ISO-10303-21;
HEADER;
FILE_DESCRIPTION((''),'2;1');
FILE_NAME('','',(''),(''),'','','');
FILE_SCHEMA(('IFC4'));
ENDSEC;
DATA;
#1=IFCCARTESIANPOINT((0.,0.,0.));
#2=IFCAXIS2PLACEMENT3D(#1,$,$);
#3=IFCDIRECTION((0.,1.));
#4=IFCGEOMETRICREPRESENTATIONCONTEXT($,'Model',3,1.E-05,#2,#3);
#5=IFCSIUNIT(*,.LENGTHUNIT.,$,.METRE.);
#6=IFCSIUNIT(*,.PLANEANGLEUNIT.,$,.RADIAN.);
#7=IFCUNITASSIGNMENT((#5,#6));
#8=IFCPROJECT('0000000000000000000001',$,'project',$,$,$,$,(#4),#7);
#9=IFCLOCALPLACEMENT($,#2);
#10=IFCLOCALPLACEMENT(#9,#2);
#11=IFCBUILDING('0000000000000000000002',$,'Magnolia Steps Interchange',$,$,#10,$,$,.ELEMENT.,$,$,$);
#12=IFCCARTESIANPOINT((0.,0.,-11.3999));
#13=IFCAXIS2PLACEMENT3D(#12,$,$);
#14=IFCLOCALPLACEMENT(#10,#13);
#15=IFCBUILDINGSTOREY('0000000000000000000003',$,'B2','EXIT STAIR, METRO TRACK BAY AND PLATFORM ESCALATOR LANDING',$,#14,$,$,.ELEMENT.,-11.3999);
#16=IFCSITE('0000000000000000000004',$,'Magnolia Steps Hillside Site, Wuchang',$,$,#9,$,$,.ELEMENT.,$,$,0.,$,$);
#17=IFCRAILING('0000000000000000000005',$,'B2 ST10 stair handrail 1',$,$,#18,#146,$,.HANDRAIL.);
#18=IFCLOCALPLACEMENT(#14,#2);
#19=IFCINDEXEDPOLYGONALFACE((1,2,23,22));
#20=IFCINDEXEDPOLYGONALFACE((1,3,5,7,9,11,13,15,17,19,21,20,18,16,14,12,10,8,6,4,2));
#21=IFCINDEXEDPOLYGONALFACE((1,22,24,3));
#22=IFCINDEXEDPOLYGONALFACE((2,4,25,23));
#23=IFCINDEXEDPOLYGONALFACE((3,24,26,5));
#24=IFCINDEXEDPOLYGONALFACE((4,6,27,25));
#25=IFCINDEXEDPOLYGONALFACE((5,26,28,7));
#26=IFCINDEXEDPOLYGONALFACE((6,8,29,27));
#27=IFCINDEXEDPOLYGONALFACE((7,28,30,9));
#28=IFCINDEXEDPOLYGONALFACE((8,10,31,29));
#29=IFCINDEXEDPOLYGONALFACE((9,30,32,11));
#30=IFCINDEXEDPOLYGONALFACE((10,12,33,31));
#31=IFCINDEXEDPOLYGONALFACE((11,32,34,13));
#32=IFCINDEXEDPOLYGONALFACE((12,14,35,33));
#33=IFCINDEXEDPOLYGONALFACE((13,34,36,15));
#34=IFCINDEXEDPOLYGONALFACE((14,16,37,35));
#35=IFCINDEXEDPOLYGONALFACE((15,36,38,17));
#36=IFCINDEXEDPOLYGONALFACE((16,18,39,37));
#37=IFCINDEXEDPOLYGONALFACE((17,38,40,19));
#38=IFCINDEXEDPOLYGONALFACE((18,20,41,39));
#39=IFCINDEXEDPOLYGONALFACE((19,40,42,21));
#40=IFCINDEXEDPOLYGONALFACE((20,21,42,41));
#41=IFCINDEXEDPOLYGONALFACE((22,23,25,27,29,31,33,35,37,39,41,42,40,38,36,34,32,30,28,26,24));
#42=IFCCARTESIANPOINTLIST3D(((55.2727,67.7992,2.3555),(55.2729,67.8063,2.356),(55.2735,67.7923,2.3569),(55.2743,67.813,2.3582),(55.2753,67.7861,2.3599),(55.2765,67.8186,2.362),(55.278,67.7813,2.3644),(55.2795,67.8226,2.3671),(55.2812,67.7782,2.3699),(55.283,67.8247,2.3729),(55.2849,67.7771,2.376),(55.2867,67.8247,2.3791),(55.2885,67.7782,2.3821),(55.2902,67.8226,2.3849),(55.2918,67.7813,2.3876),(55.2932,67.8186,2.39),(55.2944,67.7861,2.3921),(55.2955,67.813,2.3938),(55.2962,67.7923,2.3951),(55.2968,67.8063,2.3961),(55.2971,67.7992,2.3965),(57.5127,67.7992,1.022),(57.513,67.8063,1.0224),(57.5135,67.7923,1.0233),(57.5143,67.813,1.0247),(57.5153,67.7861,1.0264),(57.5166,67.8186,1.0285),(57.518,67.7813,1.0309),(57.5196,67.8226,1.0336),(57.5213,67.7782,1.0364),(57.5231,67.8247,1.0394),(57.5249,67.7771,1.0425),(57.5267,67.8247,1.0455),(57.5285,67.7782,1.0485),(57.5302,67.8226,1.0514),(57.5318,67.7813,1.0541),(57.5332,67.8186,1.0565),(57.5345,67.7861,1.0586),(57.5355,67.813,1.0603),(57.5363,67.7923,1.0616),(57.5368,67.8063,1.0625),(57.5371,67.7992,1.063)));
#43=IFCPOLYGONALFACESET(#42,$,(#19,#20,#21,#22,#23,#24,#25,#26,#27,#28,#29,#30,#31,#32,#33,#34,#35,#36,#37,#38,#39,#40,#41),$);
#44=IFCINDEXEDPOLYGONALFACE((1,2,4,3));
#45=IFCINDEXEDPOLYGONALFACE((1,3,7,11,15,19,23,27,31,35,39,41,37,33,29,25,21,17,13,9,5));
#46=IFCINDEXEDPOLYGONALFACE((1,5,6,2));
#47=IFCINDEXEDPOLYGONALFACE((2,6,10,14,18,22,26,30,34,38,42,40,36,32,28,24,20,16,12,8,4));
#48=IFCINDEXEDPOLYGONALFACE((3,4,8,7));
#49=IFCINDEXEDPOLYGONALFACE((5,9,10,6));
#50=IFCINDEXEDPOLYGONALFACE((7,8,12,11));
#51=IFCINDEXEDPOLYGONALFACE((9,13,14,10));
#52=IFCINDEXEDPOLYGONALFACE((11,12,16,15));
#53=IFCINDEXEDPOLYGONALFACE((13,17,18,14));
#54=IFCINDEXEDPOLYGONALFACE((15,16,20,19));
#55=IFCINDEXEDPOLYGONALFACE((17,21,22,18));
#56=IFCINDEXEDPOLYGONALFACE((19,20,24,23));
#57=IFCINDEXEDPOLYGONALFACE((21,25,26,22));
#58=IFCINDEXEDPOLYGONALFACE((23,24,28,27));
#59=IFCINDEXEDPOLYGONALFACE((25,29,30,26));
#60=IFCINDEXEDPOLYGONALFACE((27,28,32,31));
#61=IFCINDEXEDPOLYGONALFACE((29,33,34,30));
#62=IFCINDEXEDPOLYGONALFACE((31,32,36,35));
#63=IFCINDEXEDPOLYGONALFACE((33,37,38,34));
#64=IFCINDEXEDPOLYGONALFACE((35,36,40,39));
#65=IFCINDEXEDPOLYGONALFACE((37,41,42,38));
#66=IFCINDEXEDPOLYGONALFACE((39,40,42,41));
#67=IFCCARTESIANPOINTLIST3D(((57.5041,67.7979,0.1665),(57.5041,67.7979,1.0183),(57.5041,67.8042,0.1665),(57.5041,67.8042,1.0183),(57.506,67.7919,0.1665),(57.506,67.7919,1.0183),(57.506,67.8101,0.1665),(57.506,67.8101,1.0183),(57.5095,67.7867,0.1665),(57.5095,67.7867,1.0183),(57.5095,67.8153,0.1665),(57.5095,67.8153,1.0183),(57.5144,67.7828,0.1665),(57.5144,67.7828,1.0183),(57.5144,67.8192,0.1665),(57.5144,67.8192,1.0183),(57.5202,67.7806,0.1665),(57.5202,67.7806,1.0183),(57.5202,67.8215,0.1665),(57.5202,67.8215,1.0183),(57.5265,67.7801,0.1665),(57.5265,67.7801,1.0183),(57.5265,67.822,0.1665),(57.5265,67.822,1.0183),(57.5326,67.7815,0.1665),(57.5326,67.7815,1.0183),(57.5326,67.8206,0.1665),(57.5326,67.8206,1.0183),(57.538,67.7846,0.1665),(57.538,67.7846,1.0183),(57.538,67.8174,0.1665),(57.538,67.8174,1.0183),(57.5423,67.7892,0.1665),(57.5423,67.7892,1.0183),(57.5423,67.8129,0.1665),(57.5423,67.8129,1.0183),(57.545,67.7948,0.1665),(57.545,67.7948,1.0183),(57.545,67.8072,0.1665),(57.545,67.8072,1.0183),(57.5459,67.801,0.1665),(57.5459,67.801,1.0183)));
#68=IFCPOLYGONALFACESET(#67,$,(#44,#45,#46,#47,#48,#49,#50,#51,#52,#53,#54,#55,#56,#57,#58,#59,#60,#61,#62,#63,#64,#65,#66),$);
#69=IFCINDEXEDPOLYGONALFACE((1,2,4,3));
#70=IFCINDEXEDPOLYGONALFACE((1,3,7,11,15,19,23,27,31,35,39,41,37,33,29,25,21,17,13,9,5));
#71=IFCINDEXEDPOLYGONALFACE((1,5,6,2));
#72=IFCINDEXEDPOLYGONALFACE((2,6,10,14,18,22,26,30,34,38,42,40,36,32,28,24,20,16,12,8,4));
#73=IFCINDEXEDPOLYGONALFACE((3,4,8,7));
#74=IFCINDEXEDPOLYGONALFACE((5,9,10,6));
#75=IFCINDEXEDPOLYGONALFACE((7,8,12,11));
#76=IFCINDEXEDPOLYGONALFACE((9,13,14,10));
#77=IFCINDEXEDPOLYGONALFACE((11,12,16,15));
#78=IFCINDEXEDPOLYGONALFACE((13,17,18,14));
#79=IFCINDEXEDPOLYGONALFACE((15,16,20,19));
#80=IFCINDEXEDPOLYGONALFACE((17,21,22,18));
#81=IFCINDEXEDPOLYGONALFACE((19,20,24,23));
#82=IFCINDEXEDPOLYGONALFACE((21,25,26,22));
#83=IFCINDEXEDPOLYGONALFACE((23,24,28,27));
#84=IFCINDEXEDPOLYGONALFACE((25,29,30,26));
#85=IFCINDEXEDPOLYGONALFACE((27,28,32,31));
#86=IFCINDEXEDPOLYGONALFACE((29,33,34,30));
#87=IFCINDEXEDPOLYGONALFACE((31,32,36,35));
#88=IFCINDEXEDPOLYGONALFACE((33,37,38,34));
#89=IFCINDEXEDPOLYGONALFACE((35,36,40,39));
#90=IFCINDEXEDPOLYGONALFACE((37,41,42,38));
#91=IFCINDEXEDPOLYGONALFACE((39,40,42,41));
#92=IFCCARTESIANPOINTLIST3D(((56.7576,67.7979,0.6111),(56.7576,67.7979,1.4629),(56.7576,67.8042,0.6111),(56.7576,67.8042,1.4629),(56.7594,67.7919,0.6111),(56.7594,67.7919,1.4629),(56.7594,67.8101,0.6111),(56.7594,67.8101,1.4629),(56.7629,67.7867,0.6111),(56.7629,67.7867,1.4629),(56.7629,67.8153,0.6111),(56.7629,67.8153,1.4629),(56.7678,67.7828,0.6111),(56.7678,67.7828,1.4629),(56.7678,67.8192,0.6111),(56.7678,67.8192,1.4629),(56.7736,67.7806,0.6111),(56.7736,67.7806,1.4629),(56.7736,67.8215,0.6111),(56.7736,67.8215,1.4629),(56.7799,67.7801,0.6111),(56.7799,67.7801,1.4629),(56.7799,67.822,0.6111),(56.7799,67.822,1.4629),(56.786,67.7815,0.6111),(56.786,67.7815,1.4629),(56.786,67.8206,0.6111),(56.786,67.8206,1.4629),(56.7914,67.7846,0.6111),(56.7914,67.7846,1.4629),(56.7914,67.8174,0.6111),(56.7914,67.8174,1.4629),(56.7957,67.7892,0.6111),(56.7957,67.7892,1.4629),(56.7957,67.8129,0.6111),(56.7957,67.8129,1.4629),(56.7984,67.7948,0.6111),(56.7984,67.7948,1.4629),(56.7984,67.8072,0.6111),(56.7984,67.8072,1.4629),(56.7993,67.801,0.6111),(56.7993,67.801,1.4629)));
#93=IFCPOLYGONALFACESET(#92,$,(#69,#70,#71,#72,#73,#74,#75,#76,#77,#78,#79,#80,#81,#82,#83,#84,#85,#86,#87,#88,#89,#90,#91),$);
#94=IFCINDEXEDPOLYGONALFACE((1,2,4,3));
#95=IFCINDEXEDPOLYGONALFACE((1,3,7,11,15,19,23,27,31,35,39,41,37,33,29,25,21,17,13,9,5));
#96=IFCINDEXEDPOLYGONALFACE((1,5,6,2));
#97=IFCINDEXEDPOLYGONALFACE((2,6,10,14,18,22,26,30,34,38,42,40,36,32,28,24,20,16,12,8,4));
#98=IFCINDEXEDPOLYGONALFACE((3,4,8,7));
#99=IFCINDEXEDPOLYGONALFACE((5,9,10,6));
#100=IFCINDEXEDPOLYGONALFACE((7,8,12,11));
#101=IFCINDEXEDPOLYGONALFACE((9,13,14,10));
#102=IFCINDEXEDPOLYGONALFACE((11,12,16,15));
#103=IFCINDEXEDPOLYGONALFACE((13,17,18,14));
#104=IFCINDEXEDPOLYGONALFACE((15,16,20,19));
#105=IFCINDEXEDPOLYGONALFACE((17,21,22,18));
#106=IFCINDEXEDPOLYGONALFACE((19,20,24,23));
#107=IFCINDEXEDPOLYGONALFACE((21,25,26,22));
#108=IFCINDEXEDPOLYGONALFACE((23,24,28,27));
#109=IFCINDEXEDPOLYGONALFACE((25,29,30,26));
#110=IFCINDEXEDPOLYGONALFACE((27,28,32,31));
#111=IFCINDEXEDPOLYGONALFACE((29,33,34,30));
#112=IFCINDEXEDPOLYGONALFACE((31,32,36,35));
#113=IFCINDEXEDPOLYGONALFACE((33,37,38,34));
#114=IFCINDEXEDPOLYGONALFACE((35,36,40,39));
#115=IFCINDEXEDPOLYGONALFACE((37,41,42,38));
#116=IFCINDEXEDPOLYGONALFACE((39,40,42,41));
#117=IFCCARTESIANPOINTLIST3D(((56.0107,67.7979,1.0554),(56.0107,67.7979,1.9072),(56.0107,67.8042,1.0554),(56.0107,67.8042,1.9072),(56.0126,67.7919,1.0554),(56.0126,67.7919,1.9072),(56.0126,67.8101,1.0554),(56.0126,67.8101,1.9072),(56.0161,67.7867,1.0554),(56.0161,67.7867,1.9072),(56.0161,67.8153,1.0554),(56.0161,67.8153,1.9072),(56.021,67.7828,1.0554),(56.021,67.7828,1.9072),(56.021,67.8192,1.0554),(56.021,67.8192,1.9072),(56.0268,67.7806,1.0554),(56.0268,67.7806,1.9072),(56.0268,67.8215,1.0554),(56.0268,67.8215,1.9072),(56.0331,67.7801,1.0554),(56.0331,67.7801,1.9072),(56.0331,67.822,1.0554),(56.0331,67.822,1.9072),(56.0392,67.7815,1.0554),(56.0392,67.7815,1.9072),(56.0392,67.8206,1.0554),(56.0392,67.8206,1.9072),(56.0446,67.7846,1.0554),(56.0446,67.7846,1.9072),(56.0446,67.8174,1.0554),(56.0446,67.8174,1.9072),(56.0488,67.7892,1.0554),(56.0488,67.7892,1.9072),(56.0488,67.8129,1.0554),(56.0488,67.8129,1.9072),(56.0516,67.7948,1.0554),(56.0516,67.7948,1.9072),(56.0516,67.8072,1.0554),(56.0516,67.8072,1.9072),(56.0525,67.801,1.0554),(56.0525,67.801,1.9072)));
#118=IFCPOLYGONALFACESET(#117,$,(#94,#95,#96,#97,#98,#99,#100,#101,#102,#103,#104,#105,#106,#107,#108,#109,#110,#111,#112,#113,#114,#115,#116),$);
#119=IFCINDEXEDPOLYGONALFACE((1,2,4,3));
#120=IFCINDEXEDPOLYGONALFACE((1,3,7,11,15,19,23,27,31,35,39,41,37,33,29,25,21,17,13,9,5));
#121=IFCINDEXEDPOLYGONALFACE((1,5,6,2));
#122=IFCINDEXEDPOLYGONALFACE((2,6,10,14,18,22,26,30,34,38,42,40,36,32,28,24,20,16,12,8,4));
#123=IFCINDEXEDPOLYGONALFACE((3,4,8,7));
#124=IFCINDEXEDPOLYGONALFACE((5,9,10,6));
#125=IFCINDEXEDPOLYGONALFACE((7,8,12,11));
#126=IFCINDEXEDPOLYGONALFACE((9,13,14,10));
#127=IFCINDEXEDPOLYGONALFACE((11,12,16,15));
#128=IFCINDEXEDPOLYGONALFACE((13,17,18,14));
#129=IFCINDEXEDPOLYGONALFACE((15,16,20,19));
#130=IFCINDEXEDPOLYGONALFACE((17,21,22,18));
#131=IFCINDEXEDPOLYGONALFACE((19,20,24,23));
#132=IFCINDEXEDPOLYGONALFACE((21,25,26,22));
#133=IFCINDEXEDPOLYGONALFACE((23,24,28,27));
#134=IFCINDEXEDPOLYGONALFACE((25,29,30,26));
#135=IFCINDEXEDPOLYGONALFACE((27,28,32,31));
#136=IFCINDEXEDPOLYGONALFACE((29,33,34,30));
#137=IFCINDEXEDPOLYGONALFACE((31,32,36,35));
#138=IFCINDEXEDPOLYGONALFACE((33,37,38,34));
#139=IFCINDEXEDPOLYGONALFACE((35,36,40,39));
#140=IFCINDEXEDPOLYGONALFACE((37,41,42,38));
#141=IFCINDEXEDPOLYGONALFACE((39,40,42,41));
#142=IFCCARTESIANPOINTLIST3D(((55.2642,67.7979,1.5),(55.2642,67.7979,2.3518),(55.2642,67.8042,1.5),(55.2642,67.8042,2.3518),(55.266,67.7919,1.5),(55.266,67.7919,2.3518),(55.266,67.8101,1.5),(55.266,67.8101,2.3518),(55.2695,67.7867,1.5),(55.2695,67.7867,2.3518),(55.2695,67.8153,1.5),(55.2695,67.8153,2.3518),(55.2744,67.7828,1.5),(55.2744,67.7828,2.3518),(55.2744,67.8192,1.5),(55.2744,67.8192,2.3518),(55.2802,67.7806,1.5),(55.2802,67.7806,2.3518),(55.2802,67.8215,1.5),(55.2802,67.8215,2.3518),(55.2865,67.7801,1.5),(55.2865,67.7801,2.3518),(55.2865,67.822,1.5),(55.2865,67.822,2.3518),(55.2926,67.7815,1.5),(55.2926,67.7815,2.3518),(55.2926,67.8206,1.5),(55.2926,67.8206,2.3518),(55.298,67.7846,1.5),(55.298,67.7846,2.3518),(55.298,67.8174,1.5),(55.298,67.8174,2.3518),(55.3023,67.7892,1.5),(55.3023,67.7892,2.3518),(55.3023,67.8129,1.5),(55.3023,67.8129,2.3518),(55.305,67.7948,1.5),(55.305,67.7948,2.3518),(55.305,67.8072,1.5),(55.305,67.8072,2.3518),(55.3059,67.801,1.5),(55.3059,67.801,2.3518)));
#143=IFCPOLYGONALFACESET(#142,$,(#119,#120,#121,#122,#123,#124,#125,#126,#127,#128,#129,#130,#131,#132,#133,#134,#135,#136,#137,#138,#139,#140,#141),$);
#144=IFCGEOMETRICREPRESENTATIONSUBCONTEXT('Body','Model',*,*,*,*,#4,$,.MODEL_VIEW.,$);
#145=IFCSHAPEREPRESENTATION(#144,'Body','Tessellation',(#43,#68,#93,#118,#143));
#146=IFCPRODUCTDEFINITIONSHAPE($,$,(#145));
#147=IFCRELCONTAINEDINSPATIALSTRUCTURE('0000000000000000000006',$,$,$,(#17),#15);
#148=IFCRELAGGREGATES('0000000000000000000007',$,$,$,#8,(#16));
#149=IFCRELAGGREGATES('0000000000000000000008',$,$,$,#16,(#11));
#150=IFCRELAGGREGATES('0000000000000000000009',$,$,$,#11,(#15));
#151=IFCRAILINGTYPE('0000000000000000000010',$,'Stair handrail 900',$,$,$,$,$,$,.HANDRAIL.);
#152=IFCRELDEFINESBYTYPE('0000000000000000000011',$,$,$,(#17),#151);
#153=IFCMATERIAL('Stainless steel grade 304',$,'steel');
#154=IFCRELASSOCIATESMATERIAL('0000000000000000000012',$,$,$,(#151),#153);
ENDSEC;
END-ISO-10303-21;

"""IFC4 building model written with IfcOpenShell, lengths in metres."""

from ifc_helpers import new_model, si_unit, direction, frame, origin, origin_2d, place, context, subcontext, project, spatial, circle, extrude, material, type_object, element, save


model = new_model("IFC4")

# Units and contexts
model_context = context("Model", 3, precision=1e-05, world=origin(), true_north=direction((0.0, 1.0)))
body_context = subcontext(model_context, "Body", "Model", "MODEL_VIEW")
ifc_project = project(units=[si_unit("LENGTHUNIT", "METRE"), si_unit("PLANEANGLEUNIT", "RADIAN")], contexts=[model_context])

# Site, building, storey
site_placement = place(None, origin())
site = spatial("IfcSite", under=ifc_project, at=site_placement, Name="Magnolia Steps Hillside Site, Wuchang", CompositionType="ELEMENT", RefElevation=0.0)
building_placement = place(site_placement, origin())
building = spatial("IfcBuilding", under=site, at=building_placement, Name="Magnolia Steps Interchange", CompositionType="ELEMENT")
storey_placement = place(building_placement, frame((0.0, 0.0, -11.3999)))
storey = spatial("IfcBuildingStorey", under=building, at=storey_placement, Name="B2", Description="EXIT STAIR, METRO TRACK BAY AND PLATFORM ESCALATOR LANDING", CompositionType="ELEMENT", Elevation=-11.3999)

# Railing
ifc_material_1 = material(Name="Stainless steel grade 304", Category="steel")
railing_type_1 = type_object("IfcRailingType", Name="Stair handrail 900", PredefinedType="HANDRAIL", material=ifc_material_1)
for number, where, name in (
    (1, (57.5249, 67.801, 0.1665), "B2 ST10 stair handrail 1"),
):
    element("IfcRailing", number, at=place(storey_placement, frame(where)), inside=storey, type_object=railing_type_1, Name=name, PredefinedType="HANDRAIL", context=body_context, shape_type="SweptSolid", body=[
        extrude(circle(Radius=0.0239, at=origin_2d()), frame((0.0, 0.0, 0.876), z_axis=(-0.859264, 0.0, 0.511532), x_axis=(0.0, -1.0, 0.0)), (0.0, 0.0, 1.0), 2.6069),
        extrude(circle(Radius=0.021, at=origin_2d()), origin(), (0.0, 0.0, 1.0), 0.8518),
        extrude(circle(Radius=0.021, at=origin_2d()), frame((-0.7466, 0.0, 0.4446)), (0.0, 0.0, 1.0), 0.8518),
        extrude(circle(Radius=0.021, at=origin_2d()), frame((-1.4934, 0.0, 0.8889)), (0.0, 0.0, 1.0), 0.8518),
        extrude(circle(Radius=0.021, at=origin_2d()), frame((-2.24, 0.0, 1.3335)), (0.0, 0.0, 1.0), 0.8518),
    ])

save(model, "model.ifc")
